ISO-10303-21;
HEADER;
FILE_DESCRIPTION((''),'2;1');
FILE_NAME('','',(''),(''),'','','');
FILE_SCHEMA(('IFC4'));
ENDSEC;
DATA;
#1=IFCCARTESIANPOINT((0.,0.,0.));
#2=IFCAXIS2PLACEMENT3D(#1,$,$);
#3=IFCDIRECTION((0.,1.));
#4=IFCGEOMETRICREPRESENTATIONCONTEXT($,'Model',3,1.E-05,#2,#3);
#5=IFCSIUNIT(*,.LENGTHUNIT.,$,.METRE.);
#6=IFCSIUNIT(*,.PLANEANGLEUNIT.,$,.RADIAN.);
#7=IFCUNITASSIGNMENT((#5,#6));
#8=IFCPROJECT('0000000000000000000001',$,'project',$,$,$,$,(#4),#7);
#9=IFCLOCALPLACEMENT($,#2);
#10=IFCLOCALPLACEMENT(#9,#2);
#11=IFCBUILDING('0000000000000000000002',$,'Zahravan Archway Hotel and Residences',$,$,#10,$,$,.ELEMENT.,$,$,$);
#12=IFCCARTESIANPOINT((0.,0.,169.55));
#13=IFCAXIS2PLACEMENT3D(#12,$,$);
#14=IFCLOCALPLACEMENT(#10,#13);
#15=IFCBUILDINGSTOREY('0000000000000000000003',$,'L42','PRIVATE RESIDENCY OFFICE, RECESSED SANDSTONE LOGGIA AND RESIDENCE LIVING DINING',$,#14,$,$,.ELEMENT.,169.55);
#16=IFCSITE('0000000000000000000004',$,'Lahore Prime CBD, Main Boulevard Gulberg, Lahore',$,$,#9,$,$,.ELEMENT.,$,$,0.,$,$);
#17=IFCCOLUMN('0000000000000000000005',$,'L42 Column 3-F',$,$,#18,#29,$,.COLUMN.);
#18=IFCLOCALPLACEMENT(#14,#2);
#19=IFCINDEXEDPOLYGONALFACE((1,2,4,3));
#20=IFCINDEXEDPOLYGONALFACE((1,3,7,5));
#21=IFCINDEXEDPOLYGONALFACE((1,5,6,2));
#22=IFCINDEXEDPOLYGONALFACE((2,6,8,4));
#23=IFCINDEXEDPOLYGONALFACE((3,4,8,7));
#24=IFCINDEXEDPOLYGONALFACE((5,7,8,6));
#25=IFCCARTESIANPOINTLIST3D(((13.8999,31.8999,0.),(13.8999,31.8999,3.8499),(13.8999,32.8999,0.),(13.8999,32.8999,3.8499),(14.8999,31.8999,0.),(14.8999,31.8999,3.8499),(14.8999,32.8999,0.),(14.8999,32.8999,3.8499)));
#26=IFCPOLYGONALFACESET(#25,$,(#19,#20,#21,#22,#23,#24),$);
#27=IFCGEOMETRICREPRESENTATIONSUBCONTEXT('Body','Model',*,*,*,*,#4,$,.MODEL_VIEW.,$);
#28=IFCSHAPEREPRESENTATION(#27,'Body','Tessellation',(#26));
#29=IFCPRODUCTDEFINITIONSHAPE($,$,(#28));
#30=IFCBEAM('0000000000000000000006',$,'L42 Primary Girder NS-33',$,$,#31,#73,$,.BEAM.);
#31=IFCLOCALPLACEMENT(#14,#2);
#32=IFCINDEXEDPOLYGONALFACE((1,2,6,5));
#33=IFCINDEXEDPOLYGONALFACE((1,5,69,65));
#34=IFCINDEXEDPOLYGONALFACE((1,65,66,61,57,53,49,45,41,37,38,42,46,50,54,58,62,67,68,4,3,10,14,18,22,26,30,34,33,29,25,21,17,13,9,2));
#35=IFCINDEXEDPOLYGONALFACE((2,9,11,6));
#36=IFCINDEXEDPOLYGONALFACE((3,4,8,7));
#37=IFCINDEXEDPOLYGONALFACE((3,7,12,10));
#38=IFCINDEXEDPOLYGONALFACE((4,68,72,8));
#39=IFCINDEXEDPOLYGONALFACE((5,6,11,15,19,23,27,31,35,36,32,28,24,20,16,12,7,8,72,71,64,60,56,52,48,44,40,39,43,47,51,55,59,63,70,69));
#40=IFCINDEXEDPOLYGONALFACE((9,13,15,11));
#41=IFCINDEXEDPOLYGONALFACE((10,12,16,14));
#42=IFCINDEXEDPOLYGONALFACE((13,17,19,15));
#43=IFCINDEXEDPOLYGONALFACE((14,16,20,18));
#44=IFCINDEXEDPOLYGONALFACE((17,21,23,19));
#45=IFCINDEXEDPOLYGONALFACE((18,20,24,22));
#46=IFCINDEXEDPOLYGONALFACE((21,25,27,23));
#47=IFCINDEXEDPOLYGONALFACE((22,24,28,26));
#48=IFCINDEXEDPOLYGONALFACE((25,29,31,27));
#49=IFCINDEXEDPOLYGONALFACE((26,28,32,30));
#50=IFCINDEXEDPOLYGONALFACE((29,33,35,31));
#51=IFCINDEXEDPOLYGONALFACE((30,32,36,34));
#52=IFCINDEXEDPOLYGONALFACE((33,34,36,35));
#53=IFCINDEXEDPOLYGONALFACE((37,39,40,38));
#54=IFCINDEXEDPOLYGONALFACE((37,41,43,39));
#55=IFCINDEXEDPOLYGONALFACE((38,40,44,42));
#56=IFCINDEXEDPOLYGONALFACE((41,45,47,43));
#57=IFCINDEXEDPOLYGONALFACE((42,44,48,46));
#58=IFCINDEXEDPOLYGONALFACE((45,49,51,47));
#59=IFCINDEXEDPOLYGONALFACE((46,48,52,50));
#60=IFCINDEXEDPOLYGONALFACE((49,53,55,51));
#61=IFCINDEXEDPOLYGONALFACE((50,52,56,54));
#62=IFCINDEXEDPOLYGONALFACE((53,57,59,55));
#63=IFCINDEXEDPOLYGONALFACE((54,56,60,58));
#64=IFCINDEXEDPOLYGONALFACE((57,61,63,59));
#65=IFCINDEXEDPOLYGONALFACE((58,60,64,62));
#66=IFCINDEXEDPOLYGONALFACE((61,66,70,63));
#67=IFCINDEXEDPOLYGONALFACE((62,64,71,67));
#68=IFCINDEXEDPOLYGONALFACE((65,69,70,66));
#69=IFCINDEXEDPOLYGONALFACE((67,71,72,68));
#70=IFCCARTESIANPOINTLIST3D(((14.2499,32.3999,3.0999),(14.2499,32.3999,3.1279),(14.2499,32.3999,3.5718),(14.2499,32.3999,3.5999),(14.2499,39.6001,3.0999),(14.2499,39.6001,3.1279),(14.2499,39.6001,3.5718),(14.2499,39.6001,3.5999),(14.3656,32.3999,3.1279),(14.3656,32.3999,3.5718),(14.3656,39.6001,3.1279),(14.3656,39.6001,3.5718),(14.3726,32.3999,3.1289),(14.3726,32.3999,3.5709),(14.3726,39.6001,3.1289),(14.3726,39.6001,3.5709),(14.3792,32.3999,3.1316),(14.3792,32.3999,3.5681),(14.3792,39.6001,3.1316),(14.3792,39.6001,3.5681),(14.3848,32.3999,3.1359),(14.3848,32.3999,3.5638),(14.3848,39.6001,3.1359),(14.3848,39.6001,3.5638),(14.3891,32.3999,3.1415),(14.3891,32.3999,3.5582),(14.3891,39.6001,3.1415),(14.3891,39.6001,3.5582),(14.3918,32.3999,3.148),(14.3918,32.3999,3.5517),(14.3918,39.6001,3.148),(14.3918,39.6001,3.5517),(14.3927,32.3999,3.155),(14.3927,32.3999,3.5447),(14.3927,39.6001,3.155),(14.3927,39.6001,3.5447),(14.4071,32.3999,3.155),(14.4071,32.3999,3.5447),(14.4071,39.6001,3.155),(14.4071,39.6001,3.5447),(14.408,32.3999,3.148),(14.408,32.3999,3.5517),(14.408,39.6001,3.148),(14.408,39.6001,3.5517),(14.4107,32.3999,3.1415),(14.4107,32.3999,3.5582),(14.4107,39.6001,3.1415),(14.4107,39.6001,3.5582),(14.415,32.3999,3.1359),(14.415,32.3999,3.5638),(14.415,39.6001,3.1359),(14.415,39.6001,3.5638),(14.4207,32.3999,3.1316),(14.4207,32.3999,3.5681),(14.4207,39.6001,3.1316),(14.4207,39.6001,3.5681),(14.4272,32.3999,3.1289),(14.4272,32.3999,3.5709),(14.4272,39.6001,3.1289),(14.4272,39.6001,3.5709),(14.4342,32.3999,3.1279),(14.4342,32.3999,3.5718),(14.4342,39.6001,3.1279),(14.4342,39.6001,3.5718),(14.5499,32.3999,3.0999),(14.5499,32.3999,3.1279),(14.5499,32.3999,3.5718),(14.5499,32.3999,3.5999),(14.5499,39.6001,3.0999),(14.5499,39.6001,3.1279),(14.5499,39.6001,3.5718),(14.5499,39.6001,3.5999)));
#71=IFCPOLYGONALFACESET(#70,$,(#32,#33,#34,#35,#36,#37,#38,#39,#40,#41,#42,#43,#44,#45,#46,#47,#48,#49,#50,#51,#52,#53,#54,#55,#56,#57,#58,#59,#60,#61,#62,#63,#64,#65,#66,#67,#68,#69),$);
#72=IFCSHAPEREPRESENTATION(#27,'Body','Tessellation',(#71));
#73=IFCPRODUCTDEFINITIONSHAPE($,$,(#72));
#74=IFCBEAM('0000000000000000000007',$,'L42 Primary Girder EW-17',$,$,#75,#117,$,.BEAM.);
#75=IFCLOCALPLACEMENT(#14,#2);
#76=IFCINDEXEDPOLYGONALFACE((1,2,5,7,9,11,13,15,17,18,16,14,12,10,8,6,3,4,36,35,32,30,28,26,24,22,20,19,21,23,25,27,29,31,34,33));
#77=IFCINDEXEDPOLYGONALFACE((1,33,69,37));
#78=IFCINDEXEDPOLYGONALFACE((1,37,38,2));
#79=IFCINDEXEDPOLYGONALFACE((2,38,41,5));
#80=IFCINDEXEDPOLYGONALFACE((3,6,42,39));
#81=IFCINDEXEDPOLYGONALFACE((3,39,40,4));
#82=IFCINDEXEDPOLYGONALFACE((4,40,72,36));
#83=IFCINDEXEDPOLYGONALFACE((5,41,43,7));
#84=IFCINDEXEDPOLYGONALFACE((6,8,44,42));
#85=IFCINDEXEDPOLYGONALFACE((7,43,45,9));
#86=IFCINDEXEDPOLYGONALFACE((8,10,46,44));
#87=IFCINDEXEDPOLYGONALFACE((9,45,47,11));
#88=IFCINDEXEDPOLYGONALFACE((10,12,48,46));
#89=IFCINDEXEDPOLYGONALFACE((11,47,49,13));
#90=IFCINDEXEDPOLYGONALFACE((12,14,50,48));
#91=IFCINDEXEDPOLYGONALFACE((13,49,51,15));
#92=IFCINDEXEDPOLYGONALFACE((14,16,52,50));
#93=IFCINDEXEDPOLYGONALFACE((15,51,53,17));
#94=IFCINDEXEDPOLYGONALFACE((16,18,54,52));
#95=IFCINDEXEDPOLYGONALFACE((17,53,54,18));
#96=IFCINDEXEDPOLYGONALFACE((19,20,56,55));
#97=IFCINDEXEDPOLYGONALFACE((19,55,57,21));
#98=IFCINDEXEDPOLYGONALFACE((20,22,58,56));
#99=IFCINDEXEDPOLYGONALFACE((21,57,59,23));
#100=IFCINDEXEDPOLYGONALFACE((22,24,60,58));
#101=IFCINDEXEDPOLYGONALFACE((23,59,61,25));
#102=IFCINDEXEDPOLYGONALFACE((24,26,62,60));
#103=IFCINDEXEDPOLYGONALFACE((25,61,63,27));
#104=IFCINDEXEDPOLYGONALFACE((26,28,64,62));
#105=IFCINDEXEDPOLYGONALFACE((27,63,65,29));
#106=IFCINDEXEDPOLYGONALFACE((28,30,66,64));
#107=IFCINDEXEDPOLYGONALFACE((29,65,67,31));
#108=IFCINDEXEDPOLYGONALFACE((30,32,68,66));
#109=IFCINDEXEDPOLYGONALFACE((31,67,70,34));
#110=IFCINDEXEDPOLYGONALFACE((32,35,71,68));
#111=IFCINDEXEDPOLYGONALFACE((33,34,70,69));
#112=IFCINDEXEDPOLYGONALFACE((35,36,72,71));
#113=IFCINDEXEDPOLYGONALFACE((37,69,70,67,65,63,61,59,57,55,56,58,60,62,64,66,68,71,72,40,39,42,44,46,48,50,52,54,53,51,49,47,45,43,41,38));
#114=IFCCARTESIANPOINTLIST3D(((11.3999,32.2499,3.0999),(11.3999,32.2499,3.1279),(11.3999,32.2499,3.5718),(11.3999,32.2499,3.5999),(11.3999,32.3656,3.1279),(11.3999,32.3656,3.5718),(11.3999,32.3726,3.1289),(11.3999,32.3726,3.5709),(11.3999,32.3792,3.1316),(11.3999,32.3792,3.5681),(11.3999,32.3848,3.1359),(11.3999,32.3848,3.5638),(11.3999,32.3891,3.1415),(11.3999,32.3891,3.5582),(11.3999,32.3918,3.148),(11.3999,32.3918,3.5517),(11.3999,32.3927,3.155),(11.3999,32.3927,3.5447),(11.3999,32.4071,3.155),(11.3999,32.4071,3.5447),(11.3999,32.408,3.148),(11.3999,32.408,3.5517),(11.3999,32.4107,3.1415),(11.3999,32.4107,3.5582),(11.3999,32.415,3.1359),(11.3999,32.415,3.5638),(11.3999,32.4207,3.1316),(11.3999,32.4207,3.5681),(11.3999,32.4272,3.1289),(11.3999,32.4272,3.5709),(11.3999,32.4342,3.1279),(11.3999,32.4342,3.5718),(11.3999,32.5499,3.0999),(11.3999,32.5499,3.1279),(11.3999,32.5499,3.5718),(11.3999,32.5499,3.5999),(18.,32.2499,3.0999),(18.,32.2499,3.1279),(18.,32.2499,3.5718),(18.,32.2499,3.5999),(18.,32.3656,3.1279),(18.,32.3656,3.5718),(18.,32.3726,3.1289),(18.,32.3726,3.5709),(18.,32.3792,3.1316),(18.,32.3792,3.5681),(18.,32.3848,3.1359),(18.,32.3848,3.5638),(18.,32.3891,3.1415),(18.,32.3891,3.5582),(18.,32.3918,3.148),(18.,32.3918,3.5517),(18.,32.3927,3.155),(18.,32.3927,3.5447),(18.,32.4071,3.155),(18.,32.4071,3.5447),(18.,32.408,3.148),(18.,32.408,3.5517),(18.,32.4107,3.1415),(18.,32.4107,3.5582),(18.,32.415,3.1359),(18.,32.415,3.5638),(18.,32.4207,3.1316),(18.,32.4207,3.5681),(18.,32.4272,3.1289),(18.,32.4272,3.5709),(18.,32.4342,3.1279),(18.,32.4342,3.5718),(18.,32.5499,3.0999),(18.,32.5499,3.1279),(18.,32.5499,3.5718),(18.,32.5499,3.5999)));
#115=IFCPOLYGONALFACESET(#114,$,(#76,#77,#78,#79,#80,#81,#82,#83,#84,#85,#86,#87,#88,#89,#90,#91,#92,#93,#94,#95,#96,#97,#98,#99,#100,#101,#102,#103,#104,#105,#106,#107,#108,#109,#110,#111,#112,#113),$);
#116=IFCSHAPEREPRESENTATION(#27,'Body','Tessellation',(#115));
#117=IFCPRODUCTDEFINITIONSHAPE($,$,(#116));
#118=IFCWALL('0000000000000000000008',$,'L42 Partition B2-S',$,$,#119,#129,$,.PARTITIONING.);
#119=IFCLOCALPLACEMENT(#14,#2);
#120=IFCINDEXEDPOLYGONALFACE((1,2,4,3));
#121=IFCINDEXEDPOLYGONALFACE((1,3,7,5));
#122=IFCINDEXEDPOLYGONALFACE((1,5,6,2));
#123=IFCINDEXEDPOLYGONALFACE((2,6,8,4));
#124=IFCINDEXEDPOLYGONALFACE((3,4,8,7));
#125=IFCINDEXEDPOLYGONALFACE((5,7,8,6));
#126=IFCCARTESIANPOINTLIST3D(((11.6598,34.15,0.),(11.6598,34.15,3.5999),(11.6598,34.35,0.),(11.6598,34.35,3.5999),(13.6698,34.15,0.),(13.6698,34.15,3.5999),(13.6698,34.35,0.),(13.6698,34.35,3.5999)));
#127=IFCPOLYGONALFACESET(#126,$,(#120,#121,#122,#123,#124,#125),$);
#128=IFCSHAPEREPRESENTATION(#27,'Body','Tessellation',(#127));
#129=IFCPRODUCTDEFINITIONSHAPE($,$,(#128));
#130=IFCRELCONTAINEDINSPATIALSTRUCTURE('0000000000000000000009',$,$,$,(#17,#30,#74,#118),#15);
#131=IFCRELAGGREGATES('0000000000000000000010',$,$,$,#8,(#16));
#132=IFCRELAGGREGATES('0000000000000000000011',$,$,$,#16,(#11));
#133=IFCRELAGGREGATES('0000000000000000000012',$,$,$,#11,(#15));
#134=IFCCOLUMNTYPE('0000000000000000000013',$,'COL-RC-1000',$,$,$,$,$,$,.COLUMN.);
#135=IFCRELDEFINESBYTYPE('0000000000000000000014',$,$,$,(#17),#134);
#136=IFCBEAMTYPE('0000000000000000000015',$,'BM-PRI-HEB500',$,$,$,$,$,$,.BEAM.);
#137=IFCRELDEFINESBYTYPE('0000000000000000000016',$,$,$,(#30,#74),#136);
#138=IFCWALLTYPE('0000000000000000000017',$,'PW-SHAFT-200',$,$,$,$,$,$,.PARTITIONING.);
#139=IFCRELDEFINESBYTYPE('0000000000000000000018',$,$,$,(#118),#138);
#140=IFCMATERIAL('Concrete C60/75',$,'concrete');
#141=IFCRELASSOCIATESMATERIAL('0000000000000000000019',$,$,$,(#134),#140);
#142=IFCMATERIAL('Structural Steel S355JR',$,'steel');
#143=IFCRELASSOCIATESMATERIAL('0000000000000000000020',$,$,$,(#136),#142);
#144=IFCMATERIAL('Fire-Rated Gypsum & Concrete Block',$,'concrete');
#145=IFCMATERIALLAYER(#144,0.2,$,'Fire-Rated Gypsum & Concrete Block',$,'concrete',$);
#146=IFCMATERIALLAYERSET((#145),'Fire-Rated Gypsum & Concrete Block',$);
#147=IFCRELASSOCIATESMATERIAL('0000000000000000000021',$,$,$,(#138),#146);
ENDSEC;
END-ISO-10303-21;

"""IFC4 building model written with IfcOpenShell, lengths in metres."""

from ifc_helpers import new_model, si_unit, direction, frame, frame_2d, origin, origin_2d, place, context, subcontext, project, spatial, rectangle, i_section, extrude, source, transform, mapped, material, layer, layer_set, material_profile, profile_set, type_object, type_shapes, element, save


model = new_model("IFC4")

# Units and contexts
model_context = context("Model", 3, precision=1e-05, world=origin(), true_north=direction((0.0, 1.0)))
body_context = subcontext(model_context, "Body", "Model", "MODEL_VIEW")
ifc_project = project(units=[si_unit("LENGTHUNIT", "METRE"), si_unit("PLANEANGLEUNIT", "RADIAN")], contexts=[model_context])

# Site, building, storey
site_placement = place(None, origin())
site = spatial("IfcSite", under=ifc_project, at=site_placement, Name="Lahore Prime CBD, Main Boulevard Gulberg, Lahore", CompositionType="ELEMENT", RefElevation=0.0)
building_placement = place(site_placement, origin())
building = spatial("IfcBuilding", under=site, at=building_placement, Name="Zahravan Archway Hotel and Residences", CompositionType="ELEMENT")
storey_placement = place(building_placement, frame((0.0, 0.0, 169.55)))
storey = spatial("IfcBuildingStorey", under=building, at=storey_placement, Name="L42", Description="PRIVATE RESIDENCY OFFICE, RECESSED SANDSTONE LOGGIA AND RESIDENCE LIVING DINING", CompositionType="ELEMENT", Elevation=169.55)

# Column
ifc_material_1 = material(Name="Concrete C60/75", Category="concrete")
ifc_material_profile_1 = material_profile(ifc_material_1, rectangle(XDim=1.0, YDim=1.0, at=origin_2d()), Name="RC-COL-1000x1000", Category="concrete")
ifc_profile_set_1 = profile_set([ifc_material_profile_1], Name="Concrete C60/75")
column_type = type_object("IfcColumnType", Name="COL-RC-1000", PredefinedType="COLUMN", material=ifc_profile_set_1)
shared_shape_1 = source(origin(), body_context, "Body", "SweptSolid", [
    extrude(rectangle(XDim=1.0, YDim=1.0, at=origin_2d()), origin(), (0.0, 0.0, 1.0), 3.8499),
])
column_placement = place(storey_placement, frame((14.3999, 32.3999, 0.0), z_axis=(0.0, 0.0, 1.0), x_axis=(1.0, 0.0, 0.0)))
element("IfcColumn", 1, at=column_placement, inside=storey, type_object=column_type, Name="L42 Column 3-F", PredefinedType="COLUMN", context=body_context, shape_type="MappedRepresentation", body=[
    mapped(shared_shape_1, transform((0.0, 0.0, 0.0), scale=1.0)),
])

# Beams
ifc_material_2 = material(Name="Structural Steel S355JR", Category="steel")
ifc_material_profile_2 = material_profile(ifc_material_2, i_section(OverallWidth=0.3, OverallDepth=0.5, WebThickness=0.0144, FlangeThickness=0.0281, FilletRadius=0.0271, at=origin_2d()), Name="HEB 500", Category="steel")
ifc_profile_set_2 = profile_set([ifc_material_profile_2], Name="Structural Steel S355JR")
beam_type = type_object("IfcBeamType", Name="BM-PRI-HEB500", PredefinedType="BEAM", material=ifc_profile_set_2)
shared_shape_2 = source(origin(), body_context, "Body", "SweptSolid", [
    extrude(i_section(OverallWidth=0.3, OverallDepth=0.5, WebThickness=0.0144, FlangeThickness=0.0281, FilletRadius=0.0271, at=origin_2d()), origin(), (0.0, 0.0, 1.0), 7.2002),
])
type_shapes(beam_type, [shared_shape_2])
beam_1_placement = place(storey_placement, frame((14.3999, 32.3999, 3.3499), z_axis=(0.0, 1.0, 0.0), x_axis=(-1.0, 0.0, 0.0)))
element("IfcBeam", 2, at=beam_1_placement, inside=storey, type_object=beam_type, Name="L42 Primary Girder NS-33", PredefinedType="BEAM", context=body_context, shape_type="MappedRepresentation", body=[
    mapped(shared_shape_2, transform((0.0, 0.0, 0.0), scale=1.0)),
])
shared_shape_3 = source(origin(), body_context, "Body", "SweptSolid", [
    extrude(i_section(OverallWidth=0.3, OverallDepth=0.5, WebThickness=0.0144, FlangeThickness=0.0281, FilletRadius=0.0271, at=origin_2d()), origin(), (0.0, 0.0, 1.0), 6.6001),
])
beam_2_placement = place(storey_placement, frame((11.3999, 32.3999, 3.3499), z_axis=(1.0, 0.0, 0.0), x_axis=(0.0, 1.0, 0.0)))
element("IfcBeam", 3, at=beam_2_placement, inside=storey, type_object=beam_type, Name="L42 Primary Girder EW-17", PredefinedType="BEAM", context=body_context, shape_type="MappedRepresentation", body=[
    mapped(shared_shape_3, transform((0.0, 0.0, 0.0), scale=1.0)),
])

# Wall
ifc_material_3 = material(Name="Fire-Rated Gypsum & Concrete Block", Category="concrete")
ifc_layer_1 = layer(ifc_material_3, 0.2, Name="Fire-Rated Gypsum & Concrete Block", Category="concrete")
ifc_layer_set_1 = layer_set([ifc_layer_1], Name="Fire-Rated Gypsum & Concrete Block")
wall_type_1 = type_object("IfcWallType", Name="PW-SHAFT-200", PredefinedType="PARTITIONING", material=ifc_layer_set_1)
wall_1_placement = place(storey_placement, frame((11.6599, 34.25, 0.0), z_axis=(0.0, 0.0, 1.0), x_axis=(1.0, 0.0, 0.0)))
element("IfcWall", 4, at=wall_1_placement, inside=storey, type_object=wall_type_1, Name="L42 Partition B2-S", PredefinedType="PARTITIONING", context=body_context, shape_type="SweptSolid", body=[
    extrude(rectangle(XDim=2.01, YDim=0.2, at=frame_2d((1.0049, 0.0))), origin(), (0.0, 0.0, 1.0), 3.5999),
])

save(model, "model.ifc")
